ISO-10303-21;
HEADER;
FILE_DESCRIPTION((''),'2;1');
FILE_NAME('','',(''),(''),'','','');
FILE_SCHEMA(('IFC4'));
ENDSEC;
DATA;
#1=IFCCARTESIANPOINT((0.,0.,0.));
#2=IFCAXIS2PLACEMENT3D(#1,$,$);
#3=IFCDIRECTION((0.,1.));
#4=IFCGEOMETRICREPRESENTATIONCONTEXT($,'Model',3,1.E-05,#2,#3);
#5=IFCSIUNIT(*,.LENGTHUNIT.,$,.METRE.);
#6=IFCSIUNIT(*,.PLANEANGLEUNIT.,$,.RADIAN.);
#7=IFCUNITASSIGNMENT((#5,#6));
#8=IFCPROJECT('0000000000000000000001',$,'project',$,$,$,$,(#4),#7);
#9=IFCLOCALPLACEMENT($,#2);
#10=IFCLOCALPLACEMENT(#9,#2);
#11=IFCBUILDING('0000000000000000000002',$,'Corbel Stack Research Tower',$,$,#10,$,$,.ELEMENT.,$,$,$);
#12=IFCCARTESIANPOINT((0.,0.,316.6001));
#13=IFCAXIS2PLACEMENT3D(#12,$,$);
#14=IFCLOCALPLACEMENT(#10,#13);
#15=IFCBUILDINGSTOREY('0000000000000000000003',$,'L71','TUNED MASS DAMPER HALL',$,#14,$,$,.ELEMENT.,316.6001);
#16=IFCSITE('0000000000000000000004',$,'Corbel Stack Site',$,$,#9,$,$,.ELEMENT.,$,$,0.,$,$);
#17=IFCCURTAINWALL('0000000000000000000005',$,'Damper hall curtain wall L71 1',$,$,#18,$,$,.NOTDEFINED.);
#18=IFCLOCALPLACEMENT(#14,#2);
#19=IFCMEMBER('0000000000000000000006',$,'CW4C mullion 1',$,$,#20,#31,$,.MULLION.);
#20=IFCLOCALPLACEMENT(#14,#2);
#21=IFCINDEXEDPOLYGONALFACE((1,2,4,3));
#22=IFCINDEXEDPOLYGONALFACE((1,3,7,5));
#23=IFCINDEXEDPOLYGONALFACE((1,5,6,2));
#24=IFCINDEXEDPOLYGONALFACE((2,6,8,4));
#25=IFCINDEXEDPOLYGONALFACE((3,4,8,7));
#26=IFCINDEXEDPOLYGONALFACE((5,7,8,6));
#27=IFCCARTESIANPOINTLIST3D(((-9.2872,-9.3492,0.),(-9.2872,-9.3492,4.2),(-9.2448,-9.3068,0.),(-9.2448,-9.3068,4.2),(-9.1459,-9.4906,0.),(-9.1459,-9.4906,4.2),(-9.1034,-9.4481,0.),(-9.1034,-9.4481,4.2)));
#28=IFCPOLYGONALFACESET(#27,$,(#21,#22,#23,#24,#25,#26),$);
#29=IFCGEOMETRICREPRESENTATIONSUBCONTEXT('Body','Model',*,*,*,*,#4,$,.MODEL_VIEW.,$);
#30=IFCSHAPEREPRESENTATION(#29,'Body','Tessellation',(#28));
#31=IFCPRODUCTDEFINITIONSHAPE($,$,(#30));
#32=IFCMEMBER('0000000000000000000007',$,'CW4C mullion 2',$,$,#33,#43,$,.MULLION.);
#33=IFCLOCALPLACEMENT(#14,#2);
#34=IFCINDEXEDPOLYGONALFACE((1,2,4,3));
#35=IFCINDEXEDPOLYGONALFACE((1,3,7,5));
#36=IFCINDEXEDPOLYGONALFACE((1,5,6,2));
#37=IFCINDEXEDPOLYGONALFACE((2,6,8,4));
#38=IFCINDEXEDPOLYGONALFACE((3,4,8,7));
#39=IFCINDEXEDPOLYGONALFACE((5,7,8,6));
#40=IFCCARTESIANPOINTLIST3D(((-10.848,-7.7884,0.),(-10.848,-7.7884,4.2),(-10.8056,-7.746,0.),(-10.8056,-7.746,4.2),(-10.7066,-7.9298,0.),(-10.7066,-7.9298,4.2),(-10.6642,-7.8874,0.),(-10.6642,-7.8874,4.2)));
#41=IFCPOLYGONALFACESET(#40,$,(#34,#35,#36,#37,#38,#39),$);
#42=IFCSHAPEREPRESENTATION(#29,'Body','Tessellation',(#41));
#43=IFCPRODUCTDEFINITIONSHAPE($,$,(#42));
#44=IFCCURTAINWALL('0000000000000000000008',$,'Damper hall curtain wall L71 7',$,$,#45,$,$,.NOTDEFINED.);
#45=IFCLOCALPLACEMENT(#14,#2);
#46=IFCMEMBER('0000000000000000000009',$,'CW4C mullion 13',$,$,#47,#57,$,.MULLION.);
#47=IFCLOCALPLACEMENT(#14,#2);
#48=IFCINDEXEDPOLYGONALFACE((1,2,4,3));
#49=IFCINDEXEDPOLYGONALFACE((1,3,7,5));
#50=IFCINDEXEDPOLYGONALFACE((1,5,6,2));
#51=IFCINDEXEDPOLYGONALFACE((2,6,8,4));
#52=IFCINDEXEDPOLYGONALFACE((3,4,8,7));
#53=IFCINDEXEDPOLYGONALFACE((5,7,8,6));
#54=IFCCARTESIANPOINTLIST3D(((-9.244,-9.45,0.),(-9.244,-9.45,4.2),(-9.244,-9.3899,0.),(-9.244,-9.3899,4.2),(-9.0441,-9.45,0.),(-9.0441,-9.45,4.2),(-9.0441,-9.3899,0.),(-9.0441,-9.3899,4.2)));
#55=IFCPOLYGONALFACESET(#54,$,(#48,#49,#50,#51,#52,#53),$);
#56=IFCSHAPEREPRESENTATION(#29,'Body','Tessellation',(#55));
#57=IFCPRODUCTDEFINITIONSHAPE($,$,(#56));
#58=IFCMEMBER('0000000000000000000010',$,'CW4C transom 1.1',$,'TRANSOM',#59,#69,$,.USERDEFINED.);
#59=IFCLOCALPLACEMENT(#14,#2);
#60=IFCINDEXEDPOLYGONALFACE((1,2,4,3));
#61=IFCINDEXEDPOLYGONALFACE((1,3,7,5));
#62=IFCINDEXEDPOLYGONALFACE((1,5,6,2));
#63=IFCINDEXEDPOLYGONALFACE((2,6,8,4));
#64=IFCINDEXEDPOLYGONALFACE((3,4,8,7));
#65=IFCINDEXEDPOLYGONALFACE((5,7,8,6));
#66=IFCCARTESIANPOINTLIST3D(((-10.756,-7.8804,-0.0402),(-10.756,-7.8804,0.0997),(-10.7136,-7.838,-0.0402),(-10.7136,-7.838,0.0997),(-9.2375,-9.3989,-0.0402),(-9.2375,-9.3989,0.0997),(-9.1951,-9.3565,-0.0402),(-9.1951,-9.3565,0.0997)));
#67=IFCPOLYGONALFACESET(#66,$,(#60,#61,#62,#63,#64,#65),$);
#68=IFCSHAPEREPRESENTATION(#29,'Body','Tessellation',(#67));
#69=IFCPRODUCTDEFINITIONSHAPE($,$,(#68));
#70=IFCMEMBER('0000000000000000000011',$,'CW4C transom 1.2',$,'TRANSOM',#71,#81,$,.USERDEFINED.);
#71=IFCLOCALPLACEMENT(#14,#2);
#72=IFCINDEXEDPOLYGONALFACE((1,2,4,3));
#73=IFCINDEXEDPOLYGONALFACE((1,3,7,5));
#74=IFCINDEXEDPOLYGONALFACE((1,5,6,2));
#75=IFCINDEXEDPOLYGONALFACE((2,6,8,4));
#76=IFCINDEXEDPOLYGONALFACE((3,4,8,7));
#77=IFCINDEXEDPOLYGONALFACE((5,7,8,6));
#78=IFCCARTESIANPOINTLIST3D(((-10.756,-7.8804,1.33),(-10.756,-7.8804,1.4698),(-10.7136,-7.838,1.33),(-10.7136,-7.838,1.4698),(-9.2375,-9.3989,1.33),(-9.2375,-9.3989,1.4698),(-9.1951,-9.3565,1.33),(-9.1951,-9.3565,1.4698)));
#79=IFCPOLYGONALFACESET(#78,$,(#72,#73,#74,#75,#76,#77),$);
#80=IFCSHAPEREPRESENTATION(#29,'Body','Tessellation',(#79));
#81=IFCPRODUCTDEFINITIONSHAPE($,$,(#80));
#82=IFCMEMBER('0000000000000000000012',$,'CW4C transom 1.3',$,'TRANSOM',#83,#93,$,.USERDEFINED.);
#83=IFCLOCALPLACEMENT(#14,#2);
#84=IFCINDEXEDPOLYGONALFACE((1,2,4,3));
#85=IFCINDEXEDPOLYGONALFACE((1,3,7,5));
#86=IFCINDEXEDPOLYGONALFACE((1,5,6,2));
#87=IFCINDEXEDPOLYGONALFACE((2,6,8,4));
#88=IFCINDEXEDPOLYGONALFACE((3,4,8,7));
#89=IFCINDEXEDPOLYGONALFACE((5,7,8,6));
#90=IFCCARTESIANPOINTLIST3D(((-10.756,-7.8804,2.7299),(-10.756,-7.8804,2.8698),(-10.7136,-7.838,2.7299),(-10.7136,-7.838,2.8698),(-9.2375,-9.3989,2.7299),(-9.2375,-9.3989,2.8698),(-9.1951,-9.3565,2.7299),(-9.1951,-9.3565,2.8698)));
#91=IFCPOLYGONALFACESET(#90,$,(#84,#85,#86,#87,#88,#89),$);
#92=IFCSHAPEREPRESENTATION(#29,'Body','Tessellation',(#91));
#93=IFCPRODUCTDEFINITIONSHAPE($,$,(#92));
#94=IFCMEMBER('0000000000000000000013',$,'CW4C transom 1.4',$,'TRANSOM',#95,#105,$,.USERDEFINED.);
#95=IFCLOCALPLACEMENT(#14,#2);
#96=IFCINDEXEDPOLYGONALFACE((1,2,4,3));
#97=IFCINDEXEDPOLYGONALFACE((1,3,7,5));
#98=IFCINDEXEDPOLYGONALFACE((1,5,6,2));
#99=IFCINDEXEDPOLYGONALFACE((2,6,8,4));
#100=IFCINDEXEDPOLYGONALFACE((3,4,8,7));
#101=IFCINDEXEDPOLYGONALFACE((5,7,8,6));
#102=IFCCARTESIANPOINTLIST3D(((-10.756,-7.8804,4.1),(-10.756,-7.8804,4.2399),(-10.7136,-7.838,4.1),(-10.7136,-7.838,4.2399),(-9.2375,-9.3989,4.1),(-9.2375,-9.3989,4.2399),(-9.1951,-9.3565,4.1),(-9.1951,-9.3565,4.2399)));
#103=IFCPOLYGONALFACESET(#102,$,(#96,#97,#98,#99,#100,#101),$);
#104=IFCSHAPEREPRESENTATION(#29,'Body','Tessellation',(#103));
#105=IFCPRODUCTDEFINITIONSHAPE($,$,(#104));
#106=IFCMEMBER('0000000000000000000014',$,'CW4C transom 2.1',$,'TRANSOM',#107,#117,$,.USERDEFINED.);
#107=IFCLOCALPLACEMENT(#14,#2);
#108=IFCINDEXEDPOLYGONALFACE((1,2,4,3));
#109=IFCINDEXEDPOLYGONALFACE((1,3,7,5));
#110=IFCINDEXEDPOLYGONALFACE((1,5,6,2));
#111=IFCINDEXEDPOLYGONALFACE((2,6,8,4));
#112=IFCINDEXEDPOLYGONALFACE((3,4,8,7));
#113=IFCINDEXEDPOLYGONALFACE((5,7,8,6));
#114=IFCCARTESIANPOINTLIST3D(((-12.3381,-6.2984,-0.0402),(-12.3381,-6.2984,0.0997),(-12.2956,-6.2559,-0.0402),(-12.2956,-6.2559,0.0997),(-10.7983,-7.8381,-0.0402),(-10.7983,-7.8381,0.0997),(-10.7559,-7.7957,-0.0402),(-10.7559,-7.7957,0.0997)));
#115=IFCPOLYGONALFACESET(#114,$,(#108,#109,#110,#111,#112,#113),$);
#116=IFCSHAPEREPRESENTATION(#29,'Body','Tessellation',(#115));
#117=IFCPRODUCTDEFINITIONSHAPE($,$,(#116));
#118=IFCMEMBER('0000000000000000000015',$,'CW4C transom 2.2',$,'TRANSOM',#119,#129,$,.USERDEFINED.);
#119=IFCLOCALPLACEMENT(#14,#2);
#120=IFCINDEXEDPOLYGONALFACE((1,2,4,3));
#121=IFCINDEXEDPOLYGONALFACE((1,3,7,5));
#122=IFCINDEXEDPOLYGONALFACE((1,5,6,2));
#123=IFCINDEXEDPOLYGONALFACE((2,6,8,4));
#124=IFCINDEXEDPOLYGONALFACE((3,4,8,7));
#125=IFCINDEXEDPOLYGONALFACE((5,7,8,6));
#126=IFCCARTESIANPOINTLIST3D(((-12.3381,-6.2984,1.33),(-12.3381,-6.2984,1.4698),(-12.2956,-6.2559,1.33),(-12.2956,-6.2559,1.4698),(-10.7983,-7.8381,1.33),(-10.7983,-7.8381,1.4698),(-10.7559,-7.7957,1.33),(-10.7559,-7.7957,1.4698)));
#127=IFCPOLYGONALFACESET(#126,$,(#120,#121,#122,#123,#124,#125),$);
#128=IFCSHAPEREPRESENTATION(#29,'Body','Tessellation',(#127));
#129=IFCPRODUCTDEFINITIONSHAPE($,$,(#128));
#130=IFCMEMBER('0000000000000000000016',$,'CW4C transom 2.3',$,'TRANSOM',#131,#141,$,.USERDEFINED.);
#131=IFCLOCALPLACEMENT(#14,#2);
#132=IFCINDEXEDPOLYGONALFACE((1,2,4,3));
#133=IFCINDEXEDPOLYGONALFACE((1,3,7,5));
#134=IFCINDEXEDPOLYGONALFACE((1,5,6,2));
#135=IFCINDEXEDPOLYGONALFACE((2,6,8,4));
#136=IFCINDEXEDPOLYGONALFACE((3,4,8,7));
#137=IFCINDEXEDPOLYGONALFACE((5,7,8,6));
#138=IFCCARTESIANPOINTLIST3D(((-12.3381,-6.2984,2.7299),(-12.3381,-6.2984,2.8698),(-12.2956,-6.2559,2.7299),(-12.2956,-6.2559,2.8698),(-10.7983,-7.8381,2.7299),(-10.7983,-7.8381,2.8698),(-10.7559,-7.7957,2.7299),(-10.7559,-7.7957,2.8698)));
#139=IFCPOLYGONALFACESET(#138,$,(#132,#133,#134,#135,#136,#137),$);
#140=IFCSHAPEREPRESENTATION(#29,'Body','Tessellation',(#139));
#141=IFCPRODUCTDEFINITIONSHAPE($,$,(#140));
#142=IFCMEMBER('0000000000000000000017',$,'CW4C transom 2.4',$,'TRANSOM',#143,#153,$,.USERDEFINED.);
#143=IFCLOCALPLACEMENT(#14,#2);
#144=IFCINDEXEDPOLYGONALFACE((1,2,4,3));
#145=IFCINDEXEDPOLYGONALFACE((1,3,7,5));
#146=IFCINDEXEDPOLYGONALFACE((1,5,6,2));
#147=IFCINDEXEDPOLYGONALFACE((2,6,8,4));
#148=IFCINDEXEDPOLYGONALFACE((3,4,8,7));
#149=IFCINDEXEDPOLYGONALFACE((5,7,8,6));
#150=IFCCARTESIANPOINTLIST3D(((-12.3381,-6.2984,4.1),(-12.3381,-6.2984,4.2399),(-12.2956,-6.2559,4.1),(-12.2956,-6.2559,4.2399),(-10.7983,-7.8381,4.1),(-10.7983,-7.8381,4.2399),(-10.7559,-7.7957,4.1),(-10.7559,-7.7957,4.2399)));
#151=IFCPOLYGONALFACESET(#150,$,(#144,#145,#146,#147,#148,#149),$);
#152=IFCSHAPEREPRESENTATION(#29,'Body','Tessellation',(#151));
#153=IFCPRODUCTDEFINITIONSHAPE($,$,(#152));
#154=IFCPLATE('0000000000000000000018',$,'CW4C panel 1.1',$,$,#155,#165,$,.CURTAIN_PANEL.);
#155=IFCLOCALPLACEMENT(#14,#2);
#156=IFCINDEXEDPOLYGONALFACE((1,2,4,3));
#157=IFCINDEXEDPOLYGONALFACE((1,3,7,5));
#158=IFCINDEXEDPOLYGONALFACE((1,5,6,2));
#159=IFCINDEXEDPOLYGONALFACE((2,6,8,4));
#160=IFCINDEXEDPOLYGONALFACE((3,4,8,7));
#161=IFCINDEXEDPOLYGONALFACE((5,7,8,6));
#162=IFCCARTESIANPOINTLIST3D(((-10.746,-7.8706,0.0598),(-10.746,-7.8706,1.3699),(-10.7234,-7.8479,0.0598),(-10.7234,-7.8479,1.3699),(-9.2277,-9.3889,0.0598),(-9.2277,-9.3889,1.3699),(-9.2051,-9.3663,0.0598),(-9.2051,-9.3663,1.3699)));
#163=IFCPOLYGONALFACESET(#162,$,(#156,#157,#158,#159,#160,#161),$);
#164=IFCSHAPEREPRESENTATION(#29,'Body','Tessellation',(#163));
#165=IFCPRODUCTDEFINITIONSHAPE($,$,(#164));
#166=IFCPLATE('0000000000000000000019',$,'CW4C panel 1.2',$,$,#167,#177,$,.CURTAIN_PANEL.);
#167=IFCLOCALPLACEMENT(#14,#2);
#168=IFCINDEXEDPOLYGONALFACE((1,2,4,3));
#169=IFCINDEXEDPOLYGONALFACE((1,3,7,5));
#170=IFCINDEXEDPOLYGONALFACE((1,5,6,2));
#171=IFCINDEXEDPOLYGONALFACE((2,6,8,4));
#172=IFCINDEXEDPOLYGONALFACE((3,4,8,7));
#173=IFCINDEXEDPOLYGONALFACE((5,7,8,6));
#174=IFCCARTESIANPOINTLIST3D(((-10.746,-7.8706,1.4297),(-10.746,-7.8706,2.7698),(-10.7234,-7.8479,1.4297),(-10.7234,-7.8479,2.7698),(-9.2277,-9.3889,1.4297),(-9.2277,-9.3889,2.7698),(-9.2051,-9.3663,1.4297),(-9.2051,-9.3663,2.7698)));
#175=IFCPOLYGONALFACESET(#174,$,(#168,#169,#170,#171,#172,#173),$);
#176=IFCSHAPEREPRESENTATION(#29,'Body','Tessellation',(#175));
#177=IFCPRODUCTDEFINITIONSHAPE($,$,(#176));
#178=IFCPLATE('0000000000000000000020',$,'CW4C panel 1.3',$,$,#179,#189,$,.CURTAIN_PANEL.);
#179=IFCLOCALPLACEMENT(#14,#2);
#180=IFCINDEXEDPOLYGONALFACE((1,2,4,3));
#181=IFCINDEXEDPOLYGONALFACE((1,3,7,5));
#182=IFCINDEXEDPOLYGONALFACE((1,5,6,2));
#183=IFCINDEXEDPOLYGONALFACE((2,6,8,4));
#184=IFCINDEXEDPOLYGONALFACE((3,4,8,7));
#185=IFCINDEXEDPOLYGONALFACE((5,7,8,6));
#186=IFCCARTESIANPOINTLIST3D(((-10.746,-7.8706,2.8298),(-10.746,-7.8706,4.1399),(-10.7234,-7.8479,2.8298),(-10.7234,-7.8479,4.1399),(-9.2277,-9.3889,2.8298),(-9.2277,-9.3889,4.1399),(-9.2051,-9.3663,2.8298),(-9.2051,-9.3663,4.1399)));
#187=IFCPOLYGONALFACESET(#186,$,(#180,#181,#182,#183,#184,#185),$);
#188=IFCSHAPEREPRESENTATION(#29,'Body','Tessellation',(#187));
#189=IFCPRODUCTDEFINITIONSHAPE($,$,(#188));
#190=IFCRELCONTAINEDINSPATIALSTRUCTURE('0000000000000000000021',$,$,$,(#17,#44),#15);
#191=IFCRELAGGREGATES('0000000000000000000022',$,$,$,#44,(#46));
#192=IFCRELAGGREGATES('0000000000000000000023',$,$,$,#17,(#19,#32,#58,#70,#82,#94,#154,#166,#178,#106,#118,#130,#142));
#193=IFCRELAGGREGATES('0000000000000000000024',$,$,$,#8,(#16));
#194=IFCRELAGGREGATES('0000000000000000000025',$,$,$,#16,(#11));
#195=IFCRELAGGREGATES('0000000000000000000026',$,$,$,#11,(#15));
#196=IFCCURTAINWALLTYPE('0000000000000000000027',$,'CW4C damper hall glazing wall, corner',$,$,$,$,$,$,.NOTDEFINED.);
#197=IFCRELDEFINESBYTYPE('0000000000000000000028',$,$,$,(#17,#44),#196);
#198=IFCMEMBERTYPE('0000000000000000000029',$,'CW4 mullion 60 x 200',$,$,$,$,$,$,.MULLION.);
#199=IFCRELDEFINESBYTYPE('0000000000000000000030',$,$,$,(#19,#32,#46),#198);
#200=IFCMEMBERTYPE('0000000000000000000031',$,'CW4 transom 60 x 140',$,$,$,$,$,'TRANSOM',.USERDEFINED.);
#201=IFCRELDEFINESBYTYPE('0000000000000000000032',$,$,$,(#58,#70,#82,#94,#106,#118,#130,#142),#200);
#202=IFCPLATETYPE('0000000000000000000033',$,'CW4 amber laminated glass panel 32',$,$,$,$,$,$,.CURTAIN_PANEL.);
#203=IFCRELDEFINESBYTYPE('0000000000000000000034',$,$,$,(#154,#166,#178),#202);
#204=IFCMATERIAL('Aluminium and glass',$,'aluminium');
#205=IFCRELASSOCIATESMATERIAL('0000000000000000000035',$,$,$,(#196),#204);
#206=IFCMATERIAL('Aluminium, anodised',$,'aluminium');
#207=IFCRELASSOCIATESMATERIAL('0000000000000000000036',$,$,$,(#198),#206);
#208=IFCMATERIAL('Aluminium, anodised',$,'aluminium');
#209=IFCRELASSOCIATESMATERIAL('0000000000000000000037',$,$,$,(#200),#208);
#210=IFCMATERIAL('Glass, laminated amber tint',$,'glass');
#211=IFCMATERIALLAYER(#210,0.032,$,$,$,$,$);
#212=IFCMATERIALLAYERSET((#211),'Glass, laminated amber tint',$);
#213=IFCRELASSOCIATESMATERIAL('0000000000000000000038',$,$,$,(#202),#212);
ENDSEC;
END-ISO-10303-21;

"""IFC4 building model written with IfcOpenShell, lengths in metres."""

from ifc_helpers import new_model, si_unit, direction, frame, origin, origin_2d, place, context, subcontext, project, spatial, rectangle, extrude, material, layer, layer_set, material_profile, profile_set, type_object, element, aggregate, save


model = new_model("IFC4")

# Units and contexts
model_context = context("Model", 3, precision=1e-05, world=origin(), true_north=direction((0.0, 1.0)))
body_context = subcontext(model_context, "Body", "Model", "MODEL_VIEW")
ifc_project = project(units=[si_unit("LENGTHUNIT", "METRE"), si_unit("PLANEANGLEUNIT", "RADIAN")], contexts=[model_context])

# Site, building, storey
site_placement = place(None, origin())
site = spatial("IfcSite", under=ifc_project, at=site_placement, Name="Corbel Stack Site", CompositionType="ELEMENT", RefElevation=0.0)
building_placement = place(site_placement, origin())
building = spatial("IfcBuilding", under=site, at=building_placement, Name="Corbel Stack Research Tower", CompositionType="ELEMENT")
storey_placement = place(building_placement, frame((0.0, 0.0, 316.6001)))
storey = spatial("IfcBuildingStorey", under=building, at=storey_placement, Name="L71", Description="TUNED MASS DAMPER HALL", CompositionType="ELEMENT", Elevation=316.6001)

# Curtain wall, members
ifc_material_1 = material(Name="Aluminium and glass", Category="aluminium")
curtain_wall_type = type_object("IfcCurtainWallType", Name="CW4C damper hall glazing wall, corner", PredefinedType="NOTDEFINED", material=ifc_material_1)
curtain_wall_1_placement = place(storey_placement, origin())
curtain_wall_1 = element("IfcCurtainWall", 1, at=curtain_wall_1_placement, inside=storey, type_object=curtain_wall_type, Name="Damper hall curtain wall L71 1", PredefinedType="NOTDEFINED")
ifc_material_2 = material(Name="Aluminium, anodised", Category="aluminium")
ifc_material_profile_1 = material_profile(ifc_material_2, rectangle(XDim=0.0601, YDim=0.2, at=origin_2d()), Name="CW4 mullion 60 x 200")
ifc_profile_set_1 = profile_set([ifc_material_profile_1], Name="Aluminium, anodised")
member_type_1 = type_object("IfcMemberType", Name="CW4 mullion 60 x 200", PredefinedType="MULLION", material=ifc_profile_set_1)
member_1_placement = place(storey_placement, frame((-9.1953, -9.3987, 0.0), z_axis=(0.0, 0.0, 1.0), x_axis=(-0.707107, -0.707107, 0.0)))
member_1 = element("IfcMember", 2, at=member_1_placement, type_object=member_type_1, Name="CW4C mullion 1", PredefinedType="MULLION", context=body_context, shape_type="SweptSolid", body=[
    extrude(rectangle(XDim=0.0601, YDim=0.2, at=origin_2d()), origin(), (0.0, 0.0, 1.0), 4.2),
])
member_2_placement = place(storey_placement, frame((-10.7561, -7.8379, 0.0), z_axis=(0.0, 0.0, 1.0), x_axis=(-0.707107, -0.707107, 0.0)))
member_2 = element("IfcMember", 3, at=member_2_placement, type_object=member_type_1, Name="CW4C mullion 2", PredefinedType="MULLION", context=body_context, shape_type="SweptSolid", body=[
    extrude(rectangle(XDim=0.0601, YDim=0.2, at=origin_2d()), origin(), (0.0, 0.0, 1.0), 4.2),
])

# Curtain wall, member
curtain_wall_2_placement = place(storey_placement, origin())
curtain_wall_2 = element("IfcCurtainWall", 4, at=curtain_wall_2_placement, inside=storey, type_object=curtain_wall_type, Name="Damper hall curtain wall L71 7", PredefinedType="NOTDEFINED")
member_3_placement = place(storey_placement, frame((-9.144, -9.4199, 0.0), z_axis=(0.0, 0.0, 1.0), x_axis=(0.0, -1.0, 0.0)))
member_3 = element("IfcMember", 5, at=member_3_placement, type_object=member_type_1, Name="CW4C mullion 13", PredefinedType="MULLION", context=body_context, shape_type="SweptSolid", body=[
    extrude(rectangle(XDim=0.0601, YDim=0.2, at=origin_2d()), origin(), (0.0, 0.0, 1.0), 4.2),
])
aggregate(curtain_wall_2, [member_3])

# Members
ifc_material_3 = material(Name="Aluminium, anodised", Category="aluminium")
ifc_material_profile_2 = material_profile(ifc_material_3, rectangle(XDim=0.0601, YDim=0.1399, at=origin_2d()), Name="CW4 transom 60 x 140")
ifc_profile_set_2 = profile_set([ifc_material_profile_2], Name="Aluminium, anodised")
member_type_2 = type_object("IfcMemberType", Name="CW4 transom 60 x 140", ElementType="TRANSOM", PredefinedType="USERDEFINED", material=ifc_profile_set_2)
member_4_placement = place(storey_placement, frame((-9.2163, -9.3777, 0.0298), z_axis=(-0.707107, 0.707107, 0.0), x_axis=(-0.707107, -0.707107, 0.0)))
member_4 = element("IfcMember", 6, at=member_4_placement, type_object=member_type_2, Name="CW4C transom 1.1", ObjectType="TRANSOM", PredefinedType="USERDEFINED", context=body_context, shape_type="SweptSolid", body=[
    extrude(rectangle(XDim=0.0601, YDim=0.1399, at=origin_2d()), origin(), (0.0, 0.0, 1.0), 2.1475),
])
member_5_placement = place(storey_placement, frame((-9.2163, -9.3777, 1.3999), z_axis=(-0.707107, 0.707107, 0.0), x_axis=(-0.707107, -0.707107, 0.0)))
member_5 = element("IfcMember", 7, at=member_5_placement, type_object=member_type_2, Name="CW4C transom 1.2", ObjectType="TRANSOM", PredefinedType="USERDEFINED", context=body_context, shape_type="SweptSolid", body=[
    extrude(rectangle(XDim=0.0601, YDim=0.1399, at=origin_2d()), origin(), (0.0, 0.0, 1.0), 2.1475),
])
member_6_placement = place(storey_placement, frame((-9.2163, -9.3777, 2.7998), z_axis=(-0.707107, 0.707107, 0.0), x_axis=(-0.707107, -0.707107, 0.0)))
member_6 = element("IfcMember", 8, at=member_6_placement, type_object=member_type_2, Name="CW4C transom 1.3", ObjectType="TRANSOM", PredefinedType="USERDEFINED", context=body_context, shape_type="SweptSolid", body=[
    extrude(rectangle(XDim=0.0601, YDim=0.1399, at=origin_2d()), origin(), (0.0, 0.0, 1.0), 2.1475),
])
member_7_placement = place(storey_placement, frame((-9.2163, -9.3777, 4.1699), z_axis=(-0.707107, 0.707107, 0.0), x_axis=(-0.707107, -0.707107, 0.0)))
member_7 = element("IfcMember", 9, at=member_7_placement, type_object=member_type_2, Name="CW4C transom 1.4", ObjectType="TRANSOM", PredefinedType="USERDEFINED", context=body_context, shape_type="SweptSolid", body=[
    extrude(rectangle(XDim=0.0601, YDim=0.1399, at=origin_2d()), origin(), (0.0, 0.0, 1.0), 2.1475),
])
member_8_placement = place(storey_placement, frame((-10.7771, -7.8169, 0.0298), z_axis=(-0.707107, 0.707107, 0.0), x_axis=(-0.707107, -0.707107, 0.0)))
member_8 = element("IfcMember", 10, at=member_8_placement, type_object=member_type_2, Name="CW4C transom 2.1", ObjectType="TRANSOM", PredefinedType="USERDEFINED", context=body_context, shape_type="SweptSolid", body=[
    extrude(rectangle(XDim=0.0601, YDim=0.1399, at=origin_2d()), origin(), (0.0, 0.0, 1.0), 2.1775),
])
member_9_placement = place(storey_placement, frame((-10.7771, -7.8169, 1.3999), z_axis=(-0.707107, 0.707107, 0.0), x_axis=(-0.707107, -0.707107, 0.0)))
member_9 = element("IfcMember", 11, at=member_9_placement, type_object=member_type_2, Name="CW4C transom 2.2", ObjectType="TRANSOM", PredefinedType="USERDEFINED", context=body_context, shape_type="SweptSolid", body=[
    extrude(rectangle(XDim=0.0601, YDim=0.1399, at=origin_2d()), origin(), (0.0, 0.0, 1.0), 2.1775),
])
member_10_placement = place(storey_placement, frame((-10.7771, -7.8169, 2.7998), z_axis=(-0.707107, 0.707107, 0.0), x_axis=(-0.707107, -0.707107, 0.0)))
member_10 = element("IfcMember", 12, at=member_10_placement, type_object=member_type_2, Name="CW4C transom 2.3", ObjectType="TRANSOM", PredefinedType="USERDEFINED", context=body_context, shape_type="SweptSolid", body=[
    extrude(rectangle(XDim=0.0601, YDim=0.1399, at=origin_2d()), origin(), (0.0, 0.0, 1.0), 2.1775),
])
member_11_placement = place(storey_placement, frame((-10.7771, -7.8169, 4.1699), z_axis=(-0.707107, 0.707107, 0.0), x_axis=(-0.707107, -0.707107, 0.0)))
member_11 = element("IfcMember", 13, at=member_11_placement, type_object=member_type_2, Name="CW4C transom 2.4", ObjectType="TRANSOM", PredefinedType="USERDEFINED", context=body_context, shape_type="SweptSolid", body=[
    extrude(rectangle(XDim=0.0601, YDim=0.1399, at=origin_2d()), origin(), (0.0, 0.0, 1.0), 2.1775),
])

# Plates
ifc_material_4 = material(Name="Glass, laminated amber tint", Category="glass")
ifc_layer_1 = layer(ifc_material_4, 0.032)
ifc_layer_set_1 = layer_set([ifc_layer_1], Name="Glass, laminated amber tint")
plate_type = type_object("IfcPlateType", Name="CW4 amber laminated glass panel 32", PredefinedType="CURTAIN_PANEL", material=ifc_layer_set_1)
plate_1_placement = place(storey_placement, frame((-9.9756, -8.6184, 0.0598), z_axis=(0.0, 0.0, 1.0), x_axis=(-0.707107, 0.707107, 0.0)))
plate_1 = element("IfcPlate", 14, at=plate_1_placement, type_object=plate_type, Name="CW4C panel 1.1", PredefinedType="CURTAIN_PANEL", context=body_context, shape_type="SweptSolid", body=[
    extrude(rectangle(XDim=2.1472, YDim=0.032, at=origin_2d()), origin(), (0.0, 0.0, 1.0), 1.3101),
])
plate_2_placement = place(storey_placement, frame((-9.9756, -8.6184, 1.4297), z_axis=(0.0, 0.0, 1.0), x_axis=(-0.707107, 0.707107, 0.0)))
plate_2 = element("IfcPlate", 15, at=plate_2_placement, type_object=plate_type, Name="CW4C panel 1.2", PredefinedType="CURTAIN_PANEL", context=body_context, shape_type="SweptSolid", body=[
    extrude(rectangle(XDim=2.1472, YDim=0.032, at=origin_2d()), origin(), (0.0, 0.0, 1.0), 1.3401),
])
plate_3_placement = place(storey_placement, frame((-9.9756, -8.6184, 2.8298), z_axis=(0.0, 0.0, 1.0), x_axis=(-0.707107, 0.707107, 0.0)))
plate_3 = element("IfcPlate", 16, at=plate_3_placement, type_object=plate_type, Name="CW4C panel 1.3", PredefinedType="CURTAIN_PANEL", context=body_context, shape_type="SweptSolid", body=[
    extrude(rectangle(XDim=2.1472, YDim=0.032, at=origin_2d()), origin(), (0.0, 0.0, 1.0), 1.3101),
])
aggregate(curtain_wall_1, [member_1, member_2, member_4, member_5, member_6, member_7, plate_1, plate_2, plate_3, member_8, member_9, member_10, member_11])

save(model, "model.ifc")
